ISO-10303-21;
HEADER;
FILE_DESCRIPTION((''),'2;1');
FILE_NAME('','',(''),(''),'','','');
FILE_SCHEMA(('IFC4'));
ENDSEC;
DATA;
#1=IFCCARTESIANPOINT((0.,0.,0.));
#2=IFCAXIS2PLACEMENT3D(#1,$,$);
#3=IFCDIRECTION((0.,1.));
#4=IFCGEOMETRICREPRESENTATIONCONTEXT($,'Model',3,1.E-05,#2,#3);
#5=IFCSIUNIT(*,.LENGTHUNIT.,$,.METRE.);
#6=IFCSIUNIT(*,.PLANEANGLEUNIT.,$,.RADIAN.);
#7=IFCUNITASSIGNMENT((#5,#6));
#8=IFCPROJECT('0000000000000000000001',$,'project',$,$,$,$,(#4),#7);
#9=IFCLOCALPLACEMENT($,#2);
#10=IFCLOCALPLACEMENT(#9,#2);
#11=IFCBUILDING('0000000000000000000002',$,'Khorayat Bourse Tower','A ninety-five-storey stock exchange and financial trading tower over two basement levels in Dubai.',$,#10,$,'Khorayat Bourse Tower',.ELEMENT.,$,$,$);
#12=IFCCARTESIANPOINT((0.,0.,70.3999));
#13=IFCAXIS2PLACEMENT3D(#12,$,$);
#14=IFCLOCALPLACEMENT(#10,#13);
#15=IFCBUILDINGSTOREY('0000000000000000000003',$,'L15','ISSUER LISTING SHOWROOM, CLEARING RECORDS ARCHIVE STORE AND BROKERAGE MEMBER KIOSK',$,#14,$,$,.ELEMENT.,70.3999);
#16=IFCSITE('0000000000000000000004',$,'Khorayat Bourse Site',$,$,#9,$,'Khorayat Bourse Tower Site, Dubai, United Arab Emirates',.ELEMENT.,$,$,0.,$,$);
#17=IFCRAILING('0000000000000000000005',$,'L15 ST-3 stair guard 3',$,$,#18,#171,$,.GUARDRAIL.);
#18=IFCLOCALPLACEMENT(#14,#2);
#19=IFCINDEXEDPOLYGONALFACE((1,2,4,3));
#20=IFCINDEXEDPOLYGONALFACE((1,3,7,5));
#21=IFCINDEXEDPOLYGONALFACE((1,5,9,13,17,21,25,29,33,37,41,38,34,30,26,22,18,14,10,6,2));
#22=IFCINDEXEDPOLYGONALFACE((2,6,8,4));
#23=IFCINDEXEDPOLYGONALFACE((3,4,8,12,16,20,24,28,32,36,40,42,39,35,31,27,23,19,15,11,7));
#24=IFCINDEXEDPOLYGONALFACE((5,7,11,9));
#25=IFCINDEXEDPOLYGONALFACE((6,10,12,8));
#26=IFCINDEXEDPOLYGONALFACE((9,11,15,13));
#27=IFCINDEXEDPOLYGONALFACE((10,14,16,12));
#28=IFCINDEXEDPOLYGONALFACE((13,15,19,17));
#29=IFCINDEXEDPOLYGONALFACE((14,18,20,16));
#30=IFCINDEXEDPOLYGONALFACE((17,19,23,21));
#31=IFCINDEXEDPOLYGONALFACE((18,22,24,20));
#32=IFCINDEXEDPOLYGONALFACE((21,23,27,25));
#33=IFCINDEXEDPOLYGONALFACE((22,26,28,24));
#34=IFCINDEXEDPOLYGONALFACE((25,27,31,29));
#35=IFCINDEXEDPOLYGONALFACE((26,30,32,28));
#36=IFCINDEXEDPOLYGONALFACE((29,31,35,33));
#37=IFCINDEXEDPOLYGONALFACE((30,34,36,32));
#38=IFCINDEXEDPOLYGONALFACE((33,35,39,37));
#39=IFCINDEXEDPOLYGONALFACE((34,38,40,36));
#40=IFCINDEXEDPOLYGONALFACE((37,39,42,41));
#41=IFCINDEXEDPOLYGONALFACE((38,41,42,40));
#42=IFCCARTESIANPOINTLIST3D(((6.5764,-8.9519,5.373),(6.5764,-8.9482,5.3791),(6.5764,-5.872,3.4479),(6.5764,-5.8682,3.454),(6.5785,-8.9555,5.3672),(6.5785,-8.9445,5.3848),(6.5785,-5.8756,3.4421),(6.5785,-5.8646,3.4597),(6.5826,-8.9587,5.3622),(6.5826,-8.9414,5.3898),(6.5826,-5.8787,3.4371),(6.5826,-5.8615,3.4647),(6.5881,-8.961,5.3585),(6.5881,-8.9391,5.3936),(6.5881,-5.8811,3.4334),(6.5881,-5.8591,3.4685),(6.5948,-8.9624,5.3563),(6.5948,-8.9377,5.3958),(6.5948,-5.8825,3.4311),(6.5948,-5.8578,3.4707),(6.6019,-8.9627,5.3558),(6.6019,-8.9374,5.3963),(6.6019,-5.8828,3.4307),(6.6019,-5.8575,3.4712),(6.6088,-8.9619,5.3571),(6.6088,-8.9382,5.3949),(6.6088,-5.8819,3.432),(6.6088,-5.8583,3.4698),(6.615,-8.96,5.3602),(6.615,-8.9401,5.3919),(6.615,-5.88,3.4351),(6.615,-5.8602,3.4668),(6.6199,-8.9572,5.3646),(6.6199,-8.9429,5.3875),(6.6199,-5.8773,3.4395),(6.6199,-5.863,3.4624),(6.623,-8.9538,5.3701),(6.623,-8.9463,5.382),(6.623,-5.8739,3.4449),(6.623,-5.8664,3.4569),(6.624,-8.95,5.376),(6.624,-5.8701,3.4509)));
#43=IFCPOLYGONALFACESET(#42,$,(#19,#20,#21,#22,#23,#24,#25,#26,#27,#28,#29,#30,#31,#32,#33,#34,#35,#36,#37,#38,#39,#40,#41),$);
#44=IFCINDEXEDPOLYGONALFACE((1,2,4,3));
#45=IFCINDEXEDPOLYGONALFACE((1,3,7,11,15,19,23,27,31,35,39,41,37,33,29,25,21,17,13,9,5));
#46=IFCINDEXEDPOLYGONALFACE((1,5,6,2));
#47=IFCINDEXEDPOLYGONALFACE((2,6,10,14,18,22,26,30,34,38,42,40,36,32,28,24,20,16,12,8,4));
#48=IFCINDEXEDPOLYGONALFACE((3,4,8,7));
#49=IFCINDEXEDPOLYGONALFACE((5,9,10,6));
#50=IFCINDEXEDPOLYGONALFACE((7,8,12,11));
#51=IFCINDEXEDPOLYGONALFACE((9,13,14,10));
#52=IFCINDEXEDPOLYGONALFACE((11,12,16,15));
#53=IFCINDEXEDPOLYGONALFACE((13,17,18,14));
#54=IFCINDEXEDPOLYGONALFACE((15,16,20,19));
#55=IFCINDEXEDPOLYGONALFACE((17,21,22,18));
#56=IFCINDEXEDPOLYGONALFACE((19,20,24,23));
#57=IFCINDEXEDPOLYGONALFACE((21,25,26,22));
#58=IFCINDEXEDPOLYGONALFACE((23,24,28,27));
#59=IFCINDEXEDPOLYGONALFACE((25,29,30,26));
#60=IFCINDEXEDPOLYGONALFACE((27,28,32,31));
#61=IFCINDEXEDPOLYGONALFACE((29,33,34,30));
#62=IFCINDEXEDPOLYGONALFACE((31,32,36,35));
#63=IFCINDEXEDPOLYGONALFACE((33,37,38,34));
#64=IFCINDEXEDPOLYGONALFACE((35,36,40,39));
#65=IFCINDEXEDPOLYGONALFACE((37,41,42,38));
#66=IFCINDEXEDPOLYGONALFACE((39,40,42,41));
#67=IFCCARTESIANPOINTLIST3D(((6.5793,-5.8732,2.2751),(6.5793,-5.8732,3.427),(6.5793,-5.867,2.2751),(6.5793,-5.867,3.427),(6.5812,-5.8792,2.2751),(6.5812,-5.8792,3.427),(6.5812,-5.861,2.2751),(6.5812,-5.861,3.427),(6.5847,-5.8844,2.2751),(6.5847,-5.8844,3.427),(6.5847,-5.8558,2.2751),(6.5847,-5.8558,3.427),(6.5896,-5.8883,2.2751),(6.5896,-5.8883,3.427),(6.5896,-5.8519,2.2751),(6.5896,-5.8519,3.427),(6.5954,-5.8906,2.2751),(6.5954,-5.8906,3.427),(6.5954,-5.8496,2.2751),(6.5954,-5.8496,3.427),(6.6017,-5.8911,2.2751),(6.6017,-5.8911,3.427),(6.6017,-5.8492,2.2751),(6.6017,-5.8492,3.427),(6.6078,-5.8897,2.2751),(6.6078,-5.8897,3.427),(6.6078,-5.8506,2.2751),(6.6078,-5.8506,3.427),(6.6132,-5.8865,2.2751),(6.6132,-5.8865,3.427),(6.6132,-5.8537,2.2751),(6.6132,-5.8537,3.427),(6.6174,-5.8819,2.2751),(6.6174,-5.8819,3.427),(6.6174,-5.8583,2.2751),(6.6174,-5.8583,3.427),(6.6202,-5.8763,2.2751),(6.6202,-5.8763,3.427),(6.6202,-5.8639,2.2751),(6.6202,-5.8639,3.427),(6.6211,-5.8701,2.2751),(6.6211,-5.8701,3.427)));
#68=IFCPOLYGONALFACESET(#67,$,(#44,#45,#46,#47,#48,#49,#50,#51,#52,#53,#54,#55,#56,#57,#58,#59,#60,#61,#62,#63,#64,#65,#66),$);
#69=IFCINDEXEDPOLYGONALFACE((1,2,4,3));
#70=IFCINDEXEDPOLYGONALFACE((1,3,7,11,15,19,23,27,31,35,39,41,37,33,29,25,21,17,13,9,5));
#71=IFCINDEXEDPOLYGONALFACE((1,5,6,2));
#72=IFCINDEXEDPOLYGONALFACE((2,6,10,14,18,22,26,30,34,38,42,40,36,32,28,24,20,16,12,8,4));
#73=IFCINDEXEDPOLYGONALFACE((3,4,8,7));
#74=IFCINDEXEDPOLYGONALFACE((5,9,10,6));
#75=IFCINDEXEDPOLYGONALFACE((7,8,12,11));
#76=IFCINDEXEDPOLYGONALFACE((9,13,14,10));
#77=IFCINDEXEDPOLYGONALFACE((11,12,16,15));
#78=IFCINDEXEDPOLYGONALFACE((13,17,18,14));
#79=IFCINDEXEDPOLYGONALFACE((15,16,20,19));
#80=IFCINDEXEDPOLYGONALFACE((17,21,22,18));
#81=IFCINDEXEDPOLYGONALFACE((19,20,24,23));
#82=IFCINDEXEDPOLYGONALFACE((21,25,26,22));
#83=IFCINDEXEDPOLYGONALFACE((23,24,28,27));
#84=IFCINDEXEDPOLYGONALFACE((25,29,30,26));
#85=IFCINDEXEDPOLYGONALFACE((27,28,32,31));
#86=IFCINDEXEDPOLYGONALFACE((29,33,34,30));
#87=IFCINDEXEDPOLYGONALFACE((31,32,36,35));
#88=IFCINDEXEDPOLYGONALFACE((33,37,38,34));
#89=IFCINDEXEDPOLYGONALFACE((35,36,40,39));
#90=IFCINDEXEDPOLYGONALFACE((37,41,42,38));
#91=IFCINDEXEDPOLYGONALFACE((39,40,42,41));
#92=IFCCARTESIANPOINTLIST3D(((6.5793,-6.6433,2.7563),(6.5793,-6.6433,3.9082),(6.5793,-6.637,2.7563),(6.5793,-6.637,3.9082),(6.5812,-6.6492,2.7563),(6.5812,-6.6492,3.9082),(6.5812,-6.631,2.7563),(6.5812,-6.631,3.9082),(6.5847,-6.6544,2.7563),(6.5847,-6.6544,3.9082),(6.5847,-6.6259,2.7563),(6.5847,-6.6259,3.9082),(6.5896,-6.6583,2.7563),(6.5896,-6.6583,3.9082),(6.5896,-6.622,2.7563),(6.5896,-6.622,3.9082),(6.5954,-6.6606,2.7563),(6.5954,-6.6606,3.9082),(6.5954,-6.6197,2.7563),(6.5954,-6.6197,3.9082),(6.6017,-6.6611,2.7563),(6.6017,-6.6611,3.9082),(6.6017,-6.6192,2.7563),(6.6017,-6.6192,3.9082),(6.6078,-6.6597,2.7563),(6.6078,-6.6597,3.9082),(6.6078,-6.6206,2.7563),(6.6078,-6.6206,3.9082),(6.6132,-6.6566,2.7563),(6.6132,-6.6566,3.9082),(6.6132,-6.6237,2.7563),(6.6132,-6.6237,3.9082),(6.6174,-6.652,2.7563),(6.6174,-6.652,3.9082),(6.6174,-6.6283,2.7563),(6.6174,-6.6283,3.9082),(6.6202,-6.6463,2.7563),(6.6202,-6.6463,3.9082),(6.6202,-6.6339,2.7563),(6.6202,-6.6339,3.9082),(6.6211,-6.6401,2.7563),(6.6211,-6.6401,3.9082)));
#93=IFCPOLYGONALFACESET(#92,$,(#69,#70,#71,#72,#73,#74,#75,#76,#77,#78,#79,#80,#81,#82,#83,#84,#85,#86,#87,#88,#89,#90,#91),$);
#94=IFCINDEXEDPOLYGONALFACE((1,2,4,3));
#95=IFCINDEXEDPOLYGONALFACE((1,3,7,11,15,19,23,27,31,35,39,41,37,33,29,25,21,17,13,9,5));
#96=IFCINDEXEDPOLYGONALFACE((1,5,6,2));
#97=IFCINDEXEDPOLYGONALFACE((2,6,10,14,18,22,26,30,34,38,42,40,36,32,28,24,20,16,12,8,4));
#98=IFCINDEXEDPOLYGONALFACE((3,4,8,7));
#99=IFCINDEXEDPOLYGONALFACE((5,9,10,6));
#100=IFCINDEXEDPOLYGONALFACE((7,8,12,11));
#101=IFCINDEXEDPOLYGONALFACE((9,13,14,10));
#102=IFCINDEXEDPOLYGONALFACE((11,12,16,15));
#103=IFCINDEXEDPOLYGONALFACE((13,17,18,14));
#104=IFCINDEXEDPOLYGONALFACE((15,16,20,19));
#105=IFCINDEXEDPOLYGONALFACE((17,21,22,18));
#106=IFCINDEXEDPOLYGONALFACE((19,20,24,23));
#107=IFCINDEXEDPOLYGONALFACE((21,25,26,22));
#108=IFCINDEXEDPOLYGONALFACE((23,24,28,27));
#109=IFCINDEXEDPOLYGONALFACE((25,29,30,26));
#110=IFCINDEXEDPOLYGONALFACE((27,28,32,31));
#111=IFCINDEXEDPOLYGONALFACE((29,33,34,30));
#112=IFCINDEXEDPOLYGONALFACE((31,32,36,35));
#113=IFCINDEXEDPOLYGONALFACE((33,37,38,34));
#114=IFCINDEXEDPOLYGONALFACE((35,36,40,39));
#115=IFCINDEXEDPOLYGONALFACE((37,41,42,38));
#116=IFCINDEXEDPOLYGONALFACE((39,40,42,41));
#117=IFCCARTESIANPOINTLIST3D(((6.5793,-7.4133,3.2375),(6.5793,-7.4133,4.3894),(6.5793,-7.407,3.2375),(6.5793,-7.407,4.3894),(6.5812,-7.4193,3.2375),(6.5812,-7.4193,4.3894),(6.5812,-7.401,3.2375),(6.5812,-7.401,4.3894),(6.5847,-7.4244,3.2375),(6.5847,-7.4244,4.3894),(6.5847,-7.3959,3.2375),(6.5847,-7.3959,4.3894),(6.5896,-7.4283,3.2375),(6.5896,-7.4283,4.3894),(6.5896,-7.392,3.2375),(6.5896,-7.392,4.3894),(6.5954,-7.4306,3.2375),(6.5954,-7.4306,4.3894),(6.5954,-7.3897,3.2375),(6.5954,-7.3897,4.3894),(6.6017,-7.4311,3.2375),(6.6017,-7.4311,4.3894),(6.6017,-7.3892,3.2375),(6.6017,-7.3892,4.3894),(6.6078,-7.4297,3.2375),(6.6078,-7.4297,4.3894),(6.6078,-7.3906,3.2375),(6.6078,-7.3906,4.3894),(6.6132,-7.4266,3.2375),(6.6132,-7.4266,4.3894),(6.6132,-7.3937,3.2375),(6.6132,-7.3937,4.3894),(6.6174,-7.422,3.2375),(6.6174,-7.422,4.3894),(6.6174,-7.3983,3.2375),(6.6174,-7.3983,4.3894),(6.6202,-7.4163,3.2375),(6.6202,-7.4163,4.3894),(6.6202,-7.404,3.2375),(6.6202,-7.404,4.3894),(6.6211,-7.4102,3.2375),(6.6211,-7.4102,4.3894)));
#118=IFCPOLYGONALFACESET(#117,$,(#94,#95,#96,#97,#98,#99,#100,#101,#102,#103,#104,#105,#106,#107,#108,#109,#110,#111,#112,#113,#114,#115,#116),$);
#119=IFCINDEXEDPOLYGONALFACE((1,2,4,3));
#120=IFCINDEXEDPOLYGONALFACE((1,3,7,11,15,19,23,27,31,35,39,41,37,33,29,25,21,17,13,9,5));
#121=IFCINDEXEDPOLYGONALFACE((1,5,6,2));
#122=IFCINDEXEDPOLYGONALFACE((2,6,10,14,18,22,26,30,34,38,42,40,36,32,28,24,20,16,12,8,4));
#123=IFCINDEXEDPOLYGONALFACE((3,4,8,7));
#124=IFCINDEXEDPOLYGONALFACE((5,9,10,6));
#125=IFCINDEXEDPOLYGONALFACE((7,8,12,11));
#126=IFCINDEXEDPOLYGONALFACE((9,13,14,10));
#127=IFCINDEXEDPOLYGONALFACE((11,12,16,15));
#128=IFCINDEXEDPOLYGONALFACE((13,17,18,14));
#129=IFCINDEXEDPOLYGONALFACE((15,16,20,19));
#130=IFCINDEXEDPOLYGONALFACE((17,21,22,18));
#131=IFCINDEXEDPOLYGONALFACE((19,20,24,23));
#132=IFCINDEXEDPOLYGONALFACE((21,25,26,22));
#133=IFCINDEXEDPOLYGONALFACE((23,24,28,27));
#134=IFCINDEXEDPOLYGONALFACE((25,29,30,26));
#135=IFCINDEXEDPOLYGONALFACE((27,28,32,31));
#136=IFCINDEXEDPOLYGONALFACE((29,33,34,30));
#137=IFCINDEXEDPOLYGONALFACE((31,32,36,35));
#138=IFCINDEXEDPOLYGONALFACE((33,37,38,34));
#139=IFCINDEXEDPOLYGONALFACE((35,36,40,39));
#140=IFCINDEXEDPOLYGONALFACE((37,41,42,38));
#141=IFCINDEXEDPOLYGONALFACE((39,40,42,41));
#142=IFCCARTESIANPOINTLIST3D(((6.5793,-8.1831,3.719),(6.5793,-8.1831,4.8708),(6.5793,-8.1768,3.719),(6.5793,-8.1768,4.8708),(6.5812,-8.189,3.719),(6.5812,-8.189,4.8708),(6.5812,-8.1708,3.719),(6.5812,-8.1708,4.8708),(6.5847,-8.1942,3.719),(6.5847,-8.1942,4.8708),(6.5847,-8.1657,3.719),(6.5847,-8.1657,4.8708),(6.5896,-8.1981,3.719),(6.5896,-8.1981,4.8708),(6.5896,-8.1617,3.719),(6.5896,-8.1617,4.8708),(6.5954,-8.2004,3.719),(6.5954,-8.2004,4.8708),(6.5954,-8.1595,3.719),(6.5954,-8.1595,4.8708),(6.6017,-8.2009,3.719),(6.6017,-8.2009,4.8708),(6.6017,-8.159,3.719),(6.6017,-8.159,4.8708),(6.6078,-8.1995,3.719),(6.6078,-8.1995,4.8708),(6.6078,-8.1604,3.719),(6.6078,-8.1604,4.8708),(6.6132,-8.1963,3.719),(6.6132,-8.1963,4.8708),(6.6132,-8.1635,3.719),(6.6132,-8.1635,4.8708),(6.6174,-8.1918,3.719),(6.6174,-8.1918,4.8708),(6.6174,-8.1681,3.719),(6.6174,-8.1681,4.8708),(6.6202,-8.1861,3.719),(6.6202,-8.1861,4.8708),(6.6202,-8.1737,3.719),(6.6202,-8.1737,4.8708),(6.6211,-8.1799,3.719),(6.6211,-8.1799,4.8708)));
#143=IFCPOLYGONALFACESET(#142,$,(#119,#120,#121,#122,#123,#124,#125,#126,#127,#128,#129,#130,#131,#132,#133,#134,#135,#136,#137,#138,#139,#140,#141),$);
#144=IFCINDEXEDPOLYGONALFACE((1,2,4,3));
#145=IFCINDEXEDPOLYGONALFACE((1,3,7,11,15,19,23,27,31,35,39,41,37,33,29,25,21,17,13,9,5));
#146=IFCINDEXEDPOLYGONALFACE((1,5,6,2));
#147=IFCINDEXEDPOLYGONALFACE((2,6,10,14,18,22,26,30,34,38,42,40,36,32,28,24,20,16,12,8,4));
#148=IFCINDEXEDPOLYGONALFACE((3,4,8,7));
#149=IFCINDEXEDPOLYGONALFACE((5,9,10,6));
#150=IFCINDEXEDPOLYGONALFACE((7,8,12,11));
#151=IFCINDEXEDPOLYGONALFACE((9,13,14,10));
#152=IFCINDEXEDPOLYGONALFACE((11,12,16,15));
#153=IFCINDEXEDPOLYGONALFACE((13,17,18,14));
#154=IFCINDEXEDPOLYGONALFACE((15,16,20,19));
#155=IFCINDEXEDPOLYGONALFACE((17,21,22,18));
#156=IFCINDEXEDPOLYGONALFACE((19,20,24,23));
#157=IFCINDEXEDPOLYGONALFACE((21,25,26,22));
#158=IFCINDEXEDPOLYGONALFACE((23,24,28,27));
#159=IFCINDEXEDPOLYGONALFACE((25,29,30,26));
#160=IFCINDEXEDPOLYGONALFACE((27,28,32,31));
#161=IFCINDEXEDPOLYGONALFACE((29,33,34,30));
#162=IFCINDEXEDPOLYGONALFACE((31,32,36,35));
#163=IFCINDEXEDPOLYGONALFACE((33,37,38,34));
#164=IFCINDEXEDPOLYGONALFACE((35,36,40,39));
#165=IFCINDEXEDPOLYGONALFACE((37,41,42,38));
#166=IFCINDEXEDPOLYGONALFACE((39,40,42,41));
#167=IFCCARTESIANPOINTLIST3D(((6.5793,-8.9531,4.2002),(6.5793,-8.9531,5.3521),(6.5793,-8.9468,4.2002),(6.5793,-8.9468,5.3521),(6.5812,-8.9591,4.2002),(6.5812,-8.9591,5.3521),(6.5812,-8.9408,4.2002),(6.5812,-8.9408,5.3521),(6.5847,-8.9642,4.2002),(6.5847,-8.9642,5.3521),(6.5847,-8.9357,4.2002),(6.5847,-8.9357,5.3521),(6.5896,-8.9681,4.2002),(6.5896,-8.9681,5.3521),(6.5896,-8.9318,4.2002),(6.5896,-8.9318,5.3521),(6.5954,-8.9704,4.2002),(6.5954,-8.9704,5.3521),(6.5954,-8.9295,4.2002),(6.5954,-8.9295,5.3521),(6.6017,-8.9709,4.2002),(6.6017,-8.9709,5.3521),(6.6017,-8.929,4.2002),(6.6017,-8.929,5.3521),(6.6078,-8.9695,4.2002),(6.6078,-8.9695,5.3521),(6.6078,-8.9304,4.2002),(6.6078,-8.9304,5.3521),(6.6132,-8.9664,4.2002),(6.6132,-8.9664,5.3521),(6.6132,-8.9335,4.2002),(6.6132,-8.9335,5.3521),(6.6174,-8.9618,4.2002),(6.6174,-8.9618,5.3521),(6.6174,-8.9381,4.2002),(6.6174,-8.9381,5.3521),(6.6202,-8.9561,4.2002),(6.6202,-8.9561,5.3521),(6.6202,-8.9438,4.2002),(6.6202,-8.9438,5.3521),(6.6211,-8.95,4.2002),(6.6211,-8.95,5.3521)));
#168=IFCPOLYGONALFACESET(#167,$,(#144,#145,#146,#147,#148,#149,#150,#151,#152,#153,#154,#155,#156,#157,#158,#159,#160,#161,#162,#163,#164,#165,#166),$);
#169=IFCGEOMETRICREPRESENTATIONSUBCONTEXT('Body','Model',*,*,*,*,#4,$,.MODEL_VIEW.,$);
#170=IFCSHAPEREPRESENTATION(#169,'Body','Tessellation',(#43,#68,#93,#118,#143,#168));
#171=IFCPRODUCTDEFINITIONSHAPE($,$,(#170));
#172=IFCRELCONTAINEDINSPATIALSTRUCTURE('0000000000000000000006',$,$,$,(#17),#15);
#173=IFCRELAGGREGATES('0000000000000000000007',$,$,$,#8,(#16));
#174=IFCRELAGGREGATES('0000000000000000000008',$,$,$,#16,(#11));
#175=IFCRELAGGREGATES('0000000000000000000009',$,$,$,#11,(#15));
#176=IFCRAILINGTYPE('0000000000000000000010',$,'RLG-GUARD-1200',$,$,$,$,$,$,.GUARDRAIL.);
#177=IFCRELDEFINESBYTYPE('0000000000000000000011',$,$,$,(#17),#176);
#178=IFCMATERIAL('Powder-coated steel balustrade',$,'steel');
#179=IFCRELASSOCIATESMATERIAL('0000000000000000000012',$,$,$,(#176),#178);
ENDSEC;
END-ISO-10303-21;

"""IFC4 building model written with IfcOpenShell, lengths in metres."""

from ifc_helpers import new_model, si_unit, direction, frame, origin, origin_2d, place, context, subcontext, project, spatial, circle, extrude, source, transform, mapped, material, type_object, element, save


model = new_model("IFC4")

# Units and contexts
model_context = context("Model", 3, precision=1e-05, world=origin(), true_north=direction((0.0, 1.0)))
body_context = subcontext(model_context, "Body", "Model", "MODEL_VIEW")
ifc_project = project(units=[si_unit("LENGTHUNIT", "METRE"), si_unit("PLANEANGLEUNIT", "RADIAN")], contexts=[model_context])

# Site, building, storey
site_placement = place(None, origin())
site = spatial("IfcSite", under=ifc_project, at=site_placement, Name="Khorayat Bourse Site", LongName="Khorayat Bourse Tower Site, Dubai, United Arab Emirates", CompositionType="ELEMENT", RefElevation=0.0)
building_placement = place(site_placement, origin())
building = spatial("IfcBuilding", under=site, at=building_placement, Name="Khorayat Bourse Tower", Description="A ninety-five-storey stock exchange and financial trading tower over two basement levels in Dubai.", LongName="Khorayat Bourse Tower", CompositionType="ELEMENT")
storey_placement = place(building_placement, frame((0.0, 0.0, 70.3999)))
storey = spatial("IfcBuildingStorey", under=building, at=storey_placement, Name="L15", Description="ISSUER LISTING SHOWROOM, CLEARING RECORDS ARCHIVE STORE AND BROKERAGE MEMBER KIOSK", CompositionType="ELEMENT", Elevation=70.3999)

# Railing
ifc_material_1 = material(Name="Powder-coated steel balustrade", Category="steel")
railing_type_1 = type_object("IfcRailingType", Name="RLG-GUARD-1200", PredefinedType="GUARDRAIL", material=ifc_material_1)
shared_shape_1 = source(origin(), body_context, "Body", "SweptSolid", [
    extrude(circle(Radius=0.0239, at=origin_2d()), frame((0.0, 0.0, 1.1758), z_axis=(0.0, -0.847979, 0.530029), x_axis=(1.0, 0.0, 0.0)), (0.0, 0.0, 1.0), 3.6321),
    extrude(circle(Radius=0.021, at=origin_2d()), origin(), (0.0, 0.0, 1.0), 1.1519),
    extrude(circle(Radius=0.021, at=origin_2d()), frame((0.0, -0.77, 0.4812)), (0.0, 0.0, 1.0), 1.1519),
    extrude(circle(Radius=0.021, at=origin_2d()), frame((0.0, -1.54, 0.9624)), (0.0, 0.0, 1.0), 1.1519),
    extrude(circle(Radius=0.021, at=origin_2d()), frame((0.0, -2.3098, 1.4438)), (0.0, 0.0, 1.0), 1.1519),
    extrude(circle(Radius=0.021, at=origin_2d()), frame((0.0, -3.0798, 1.925)), (0.0, 0.0, 1.0), 1.1519),
])
railing_1_placement = place(storey_placement, frame((6.6001, -5.8701, 2.2751)))
element("IfcRailing", 1, at=railing_1_placement, inside=storey, type_object=railing_type_1, Name="L15 ST-3 stair guard 3", PredefinedType="GUARDRAIL", context=body_context, shape_type="MappedRepresentation", body=[
    mapped(shared_shape_1, transform((0.0, 0.0, 0.0), scale=1.0)),
])

save(model, "model.ifc")
